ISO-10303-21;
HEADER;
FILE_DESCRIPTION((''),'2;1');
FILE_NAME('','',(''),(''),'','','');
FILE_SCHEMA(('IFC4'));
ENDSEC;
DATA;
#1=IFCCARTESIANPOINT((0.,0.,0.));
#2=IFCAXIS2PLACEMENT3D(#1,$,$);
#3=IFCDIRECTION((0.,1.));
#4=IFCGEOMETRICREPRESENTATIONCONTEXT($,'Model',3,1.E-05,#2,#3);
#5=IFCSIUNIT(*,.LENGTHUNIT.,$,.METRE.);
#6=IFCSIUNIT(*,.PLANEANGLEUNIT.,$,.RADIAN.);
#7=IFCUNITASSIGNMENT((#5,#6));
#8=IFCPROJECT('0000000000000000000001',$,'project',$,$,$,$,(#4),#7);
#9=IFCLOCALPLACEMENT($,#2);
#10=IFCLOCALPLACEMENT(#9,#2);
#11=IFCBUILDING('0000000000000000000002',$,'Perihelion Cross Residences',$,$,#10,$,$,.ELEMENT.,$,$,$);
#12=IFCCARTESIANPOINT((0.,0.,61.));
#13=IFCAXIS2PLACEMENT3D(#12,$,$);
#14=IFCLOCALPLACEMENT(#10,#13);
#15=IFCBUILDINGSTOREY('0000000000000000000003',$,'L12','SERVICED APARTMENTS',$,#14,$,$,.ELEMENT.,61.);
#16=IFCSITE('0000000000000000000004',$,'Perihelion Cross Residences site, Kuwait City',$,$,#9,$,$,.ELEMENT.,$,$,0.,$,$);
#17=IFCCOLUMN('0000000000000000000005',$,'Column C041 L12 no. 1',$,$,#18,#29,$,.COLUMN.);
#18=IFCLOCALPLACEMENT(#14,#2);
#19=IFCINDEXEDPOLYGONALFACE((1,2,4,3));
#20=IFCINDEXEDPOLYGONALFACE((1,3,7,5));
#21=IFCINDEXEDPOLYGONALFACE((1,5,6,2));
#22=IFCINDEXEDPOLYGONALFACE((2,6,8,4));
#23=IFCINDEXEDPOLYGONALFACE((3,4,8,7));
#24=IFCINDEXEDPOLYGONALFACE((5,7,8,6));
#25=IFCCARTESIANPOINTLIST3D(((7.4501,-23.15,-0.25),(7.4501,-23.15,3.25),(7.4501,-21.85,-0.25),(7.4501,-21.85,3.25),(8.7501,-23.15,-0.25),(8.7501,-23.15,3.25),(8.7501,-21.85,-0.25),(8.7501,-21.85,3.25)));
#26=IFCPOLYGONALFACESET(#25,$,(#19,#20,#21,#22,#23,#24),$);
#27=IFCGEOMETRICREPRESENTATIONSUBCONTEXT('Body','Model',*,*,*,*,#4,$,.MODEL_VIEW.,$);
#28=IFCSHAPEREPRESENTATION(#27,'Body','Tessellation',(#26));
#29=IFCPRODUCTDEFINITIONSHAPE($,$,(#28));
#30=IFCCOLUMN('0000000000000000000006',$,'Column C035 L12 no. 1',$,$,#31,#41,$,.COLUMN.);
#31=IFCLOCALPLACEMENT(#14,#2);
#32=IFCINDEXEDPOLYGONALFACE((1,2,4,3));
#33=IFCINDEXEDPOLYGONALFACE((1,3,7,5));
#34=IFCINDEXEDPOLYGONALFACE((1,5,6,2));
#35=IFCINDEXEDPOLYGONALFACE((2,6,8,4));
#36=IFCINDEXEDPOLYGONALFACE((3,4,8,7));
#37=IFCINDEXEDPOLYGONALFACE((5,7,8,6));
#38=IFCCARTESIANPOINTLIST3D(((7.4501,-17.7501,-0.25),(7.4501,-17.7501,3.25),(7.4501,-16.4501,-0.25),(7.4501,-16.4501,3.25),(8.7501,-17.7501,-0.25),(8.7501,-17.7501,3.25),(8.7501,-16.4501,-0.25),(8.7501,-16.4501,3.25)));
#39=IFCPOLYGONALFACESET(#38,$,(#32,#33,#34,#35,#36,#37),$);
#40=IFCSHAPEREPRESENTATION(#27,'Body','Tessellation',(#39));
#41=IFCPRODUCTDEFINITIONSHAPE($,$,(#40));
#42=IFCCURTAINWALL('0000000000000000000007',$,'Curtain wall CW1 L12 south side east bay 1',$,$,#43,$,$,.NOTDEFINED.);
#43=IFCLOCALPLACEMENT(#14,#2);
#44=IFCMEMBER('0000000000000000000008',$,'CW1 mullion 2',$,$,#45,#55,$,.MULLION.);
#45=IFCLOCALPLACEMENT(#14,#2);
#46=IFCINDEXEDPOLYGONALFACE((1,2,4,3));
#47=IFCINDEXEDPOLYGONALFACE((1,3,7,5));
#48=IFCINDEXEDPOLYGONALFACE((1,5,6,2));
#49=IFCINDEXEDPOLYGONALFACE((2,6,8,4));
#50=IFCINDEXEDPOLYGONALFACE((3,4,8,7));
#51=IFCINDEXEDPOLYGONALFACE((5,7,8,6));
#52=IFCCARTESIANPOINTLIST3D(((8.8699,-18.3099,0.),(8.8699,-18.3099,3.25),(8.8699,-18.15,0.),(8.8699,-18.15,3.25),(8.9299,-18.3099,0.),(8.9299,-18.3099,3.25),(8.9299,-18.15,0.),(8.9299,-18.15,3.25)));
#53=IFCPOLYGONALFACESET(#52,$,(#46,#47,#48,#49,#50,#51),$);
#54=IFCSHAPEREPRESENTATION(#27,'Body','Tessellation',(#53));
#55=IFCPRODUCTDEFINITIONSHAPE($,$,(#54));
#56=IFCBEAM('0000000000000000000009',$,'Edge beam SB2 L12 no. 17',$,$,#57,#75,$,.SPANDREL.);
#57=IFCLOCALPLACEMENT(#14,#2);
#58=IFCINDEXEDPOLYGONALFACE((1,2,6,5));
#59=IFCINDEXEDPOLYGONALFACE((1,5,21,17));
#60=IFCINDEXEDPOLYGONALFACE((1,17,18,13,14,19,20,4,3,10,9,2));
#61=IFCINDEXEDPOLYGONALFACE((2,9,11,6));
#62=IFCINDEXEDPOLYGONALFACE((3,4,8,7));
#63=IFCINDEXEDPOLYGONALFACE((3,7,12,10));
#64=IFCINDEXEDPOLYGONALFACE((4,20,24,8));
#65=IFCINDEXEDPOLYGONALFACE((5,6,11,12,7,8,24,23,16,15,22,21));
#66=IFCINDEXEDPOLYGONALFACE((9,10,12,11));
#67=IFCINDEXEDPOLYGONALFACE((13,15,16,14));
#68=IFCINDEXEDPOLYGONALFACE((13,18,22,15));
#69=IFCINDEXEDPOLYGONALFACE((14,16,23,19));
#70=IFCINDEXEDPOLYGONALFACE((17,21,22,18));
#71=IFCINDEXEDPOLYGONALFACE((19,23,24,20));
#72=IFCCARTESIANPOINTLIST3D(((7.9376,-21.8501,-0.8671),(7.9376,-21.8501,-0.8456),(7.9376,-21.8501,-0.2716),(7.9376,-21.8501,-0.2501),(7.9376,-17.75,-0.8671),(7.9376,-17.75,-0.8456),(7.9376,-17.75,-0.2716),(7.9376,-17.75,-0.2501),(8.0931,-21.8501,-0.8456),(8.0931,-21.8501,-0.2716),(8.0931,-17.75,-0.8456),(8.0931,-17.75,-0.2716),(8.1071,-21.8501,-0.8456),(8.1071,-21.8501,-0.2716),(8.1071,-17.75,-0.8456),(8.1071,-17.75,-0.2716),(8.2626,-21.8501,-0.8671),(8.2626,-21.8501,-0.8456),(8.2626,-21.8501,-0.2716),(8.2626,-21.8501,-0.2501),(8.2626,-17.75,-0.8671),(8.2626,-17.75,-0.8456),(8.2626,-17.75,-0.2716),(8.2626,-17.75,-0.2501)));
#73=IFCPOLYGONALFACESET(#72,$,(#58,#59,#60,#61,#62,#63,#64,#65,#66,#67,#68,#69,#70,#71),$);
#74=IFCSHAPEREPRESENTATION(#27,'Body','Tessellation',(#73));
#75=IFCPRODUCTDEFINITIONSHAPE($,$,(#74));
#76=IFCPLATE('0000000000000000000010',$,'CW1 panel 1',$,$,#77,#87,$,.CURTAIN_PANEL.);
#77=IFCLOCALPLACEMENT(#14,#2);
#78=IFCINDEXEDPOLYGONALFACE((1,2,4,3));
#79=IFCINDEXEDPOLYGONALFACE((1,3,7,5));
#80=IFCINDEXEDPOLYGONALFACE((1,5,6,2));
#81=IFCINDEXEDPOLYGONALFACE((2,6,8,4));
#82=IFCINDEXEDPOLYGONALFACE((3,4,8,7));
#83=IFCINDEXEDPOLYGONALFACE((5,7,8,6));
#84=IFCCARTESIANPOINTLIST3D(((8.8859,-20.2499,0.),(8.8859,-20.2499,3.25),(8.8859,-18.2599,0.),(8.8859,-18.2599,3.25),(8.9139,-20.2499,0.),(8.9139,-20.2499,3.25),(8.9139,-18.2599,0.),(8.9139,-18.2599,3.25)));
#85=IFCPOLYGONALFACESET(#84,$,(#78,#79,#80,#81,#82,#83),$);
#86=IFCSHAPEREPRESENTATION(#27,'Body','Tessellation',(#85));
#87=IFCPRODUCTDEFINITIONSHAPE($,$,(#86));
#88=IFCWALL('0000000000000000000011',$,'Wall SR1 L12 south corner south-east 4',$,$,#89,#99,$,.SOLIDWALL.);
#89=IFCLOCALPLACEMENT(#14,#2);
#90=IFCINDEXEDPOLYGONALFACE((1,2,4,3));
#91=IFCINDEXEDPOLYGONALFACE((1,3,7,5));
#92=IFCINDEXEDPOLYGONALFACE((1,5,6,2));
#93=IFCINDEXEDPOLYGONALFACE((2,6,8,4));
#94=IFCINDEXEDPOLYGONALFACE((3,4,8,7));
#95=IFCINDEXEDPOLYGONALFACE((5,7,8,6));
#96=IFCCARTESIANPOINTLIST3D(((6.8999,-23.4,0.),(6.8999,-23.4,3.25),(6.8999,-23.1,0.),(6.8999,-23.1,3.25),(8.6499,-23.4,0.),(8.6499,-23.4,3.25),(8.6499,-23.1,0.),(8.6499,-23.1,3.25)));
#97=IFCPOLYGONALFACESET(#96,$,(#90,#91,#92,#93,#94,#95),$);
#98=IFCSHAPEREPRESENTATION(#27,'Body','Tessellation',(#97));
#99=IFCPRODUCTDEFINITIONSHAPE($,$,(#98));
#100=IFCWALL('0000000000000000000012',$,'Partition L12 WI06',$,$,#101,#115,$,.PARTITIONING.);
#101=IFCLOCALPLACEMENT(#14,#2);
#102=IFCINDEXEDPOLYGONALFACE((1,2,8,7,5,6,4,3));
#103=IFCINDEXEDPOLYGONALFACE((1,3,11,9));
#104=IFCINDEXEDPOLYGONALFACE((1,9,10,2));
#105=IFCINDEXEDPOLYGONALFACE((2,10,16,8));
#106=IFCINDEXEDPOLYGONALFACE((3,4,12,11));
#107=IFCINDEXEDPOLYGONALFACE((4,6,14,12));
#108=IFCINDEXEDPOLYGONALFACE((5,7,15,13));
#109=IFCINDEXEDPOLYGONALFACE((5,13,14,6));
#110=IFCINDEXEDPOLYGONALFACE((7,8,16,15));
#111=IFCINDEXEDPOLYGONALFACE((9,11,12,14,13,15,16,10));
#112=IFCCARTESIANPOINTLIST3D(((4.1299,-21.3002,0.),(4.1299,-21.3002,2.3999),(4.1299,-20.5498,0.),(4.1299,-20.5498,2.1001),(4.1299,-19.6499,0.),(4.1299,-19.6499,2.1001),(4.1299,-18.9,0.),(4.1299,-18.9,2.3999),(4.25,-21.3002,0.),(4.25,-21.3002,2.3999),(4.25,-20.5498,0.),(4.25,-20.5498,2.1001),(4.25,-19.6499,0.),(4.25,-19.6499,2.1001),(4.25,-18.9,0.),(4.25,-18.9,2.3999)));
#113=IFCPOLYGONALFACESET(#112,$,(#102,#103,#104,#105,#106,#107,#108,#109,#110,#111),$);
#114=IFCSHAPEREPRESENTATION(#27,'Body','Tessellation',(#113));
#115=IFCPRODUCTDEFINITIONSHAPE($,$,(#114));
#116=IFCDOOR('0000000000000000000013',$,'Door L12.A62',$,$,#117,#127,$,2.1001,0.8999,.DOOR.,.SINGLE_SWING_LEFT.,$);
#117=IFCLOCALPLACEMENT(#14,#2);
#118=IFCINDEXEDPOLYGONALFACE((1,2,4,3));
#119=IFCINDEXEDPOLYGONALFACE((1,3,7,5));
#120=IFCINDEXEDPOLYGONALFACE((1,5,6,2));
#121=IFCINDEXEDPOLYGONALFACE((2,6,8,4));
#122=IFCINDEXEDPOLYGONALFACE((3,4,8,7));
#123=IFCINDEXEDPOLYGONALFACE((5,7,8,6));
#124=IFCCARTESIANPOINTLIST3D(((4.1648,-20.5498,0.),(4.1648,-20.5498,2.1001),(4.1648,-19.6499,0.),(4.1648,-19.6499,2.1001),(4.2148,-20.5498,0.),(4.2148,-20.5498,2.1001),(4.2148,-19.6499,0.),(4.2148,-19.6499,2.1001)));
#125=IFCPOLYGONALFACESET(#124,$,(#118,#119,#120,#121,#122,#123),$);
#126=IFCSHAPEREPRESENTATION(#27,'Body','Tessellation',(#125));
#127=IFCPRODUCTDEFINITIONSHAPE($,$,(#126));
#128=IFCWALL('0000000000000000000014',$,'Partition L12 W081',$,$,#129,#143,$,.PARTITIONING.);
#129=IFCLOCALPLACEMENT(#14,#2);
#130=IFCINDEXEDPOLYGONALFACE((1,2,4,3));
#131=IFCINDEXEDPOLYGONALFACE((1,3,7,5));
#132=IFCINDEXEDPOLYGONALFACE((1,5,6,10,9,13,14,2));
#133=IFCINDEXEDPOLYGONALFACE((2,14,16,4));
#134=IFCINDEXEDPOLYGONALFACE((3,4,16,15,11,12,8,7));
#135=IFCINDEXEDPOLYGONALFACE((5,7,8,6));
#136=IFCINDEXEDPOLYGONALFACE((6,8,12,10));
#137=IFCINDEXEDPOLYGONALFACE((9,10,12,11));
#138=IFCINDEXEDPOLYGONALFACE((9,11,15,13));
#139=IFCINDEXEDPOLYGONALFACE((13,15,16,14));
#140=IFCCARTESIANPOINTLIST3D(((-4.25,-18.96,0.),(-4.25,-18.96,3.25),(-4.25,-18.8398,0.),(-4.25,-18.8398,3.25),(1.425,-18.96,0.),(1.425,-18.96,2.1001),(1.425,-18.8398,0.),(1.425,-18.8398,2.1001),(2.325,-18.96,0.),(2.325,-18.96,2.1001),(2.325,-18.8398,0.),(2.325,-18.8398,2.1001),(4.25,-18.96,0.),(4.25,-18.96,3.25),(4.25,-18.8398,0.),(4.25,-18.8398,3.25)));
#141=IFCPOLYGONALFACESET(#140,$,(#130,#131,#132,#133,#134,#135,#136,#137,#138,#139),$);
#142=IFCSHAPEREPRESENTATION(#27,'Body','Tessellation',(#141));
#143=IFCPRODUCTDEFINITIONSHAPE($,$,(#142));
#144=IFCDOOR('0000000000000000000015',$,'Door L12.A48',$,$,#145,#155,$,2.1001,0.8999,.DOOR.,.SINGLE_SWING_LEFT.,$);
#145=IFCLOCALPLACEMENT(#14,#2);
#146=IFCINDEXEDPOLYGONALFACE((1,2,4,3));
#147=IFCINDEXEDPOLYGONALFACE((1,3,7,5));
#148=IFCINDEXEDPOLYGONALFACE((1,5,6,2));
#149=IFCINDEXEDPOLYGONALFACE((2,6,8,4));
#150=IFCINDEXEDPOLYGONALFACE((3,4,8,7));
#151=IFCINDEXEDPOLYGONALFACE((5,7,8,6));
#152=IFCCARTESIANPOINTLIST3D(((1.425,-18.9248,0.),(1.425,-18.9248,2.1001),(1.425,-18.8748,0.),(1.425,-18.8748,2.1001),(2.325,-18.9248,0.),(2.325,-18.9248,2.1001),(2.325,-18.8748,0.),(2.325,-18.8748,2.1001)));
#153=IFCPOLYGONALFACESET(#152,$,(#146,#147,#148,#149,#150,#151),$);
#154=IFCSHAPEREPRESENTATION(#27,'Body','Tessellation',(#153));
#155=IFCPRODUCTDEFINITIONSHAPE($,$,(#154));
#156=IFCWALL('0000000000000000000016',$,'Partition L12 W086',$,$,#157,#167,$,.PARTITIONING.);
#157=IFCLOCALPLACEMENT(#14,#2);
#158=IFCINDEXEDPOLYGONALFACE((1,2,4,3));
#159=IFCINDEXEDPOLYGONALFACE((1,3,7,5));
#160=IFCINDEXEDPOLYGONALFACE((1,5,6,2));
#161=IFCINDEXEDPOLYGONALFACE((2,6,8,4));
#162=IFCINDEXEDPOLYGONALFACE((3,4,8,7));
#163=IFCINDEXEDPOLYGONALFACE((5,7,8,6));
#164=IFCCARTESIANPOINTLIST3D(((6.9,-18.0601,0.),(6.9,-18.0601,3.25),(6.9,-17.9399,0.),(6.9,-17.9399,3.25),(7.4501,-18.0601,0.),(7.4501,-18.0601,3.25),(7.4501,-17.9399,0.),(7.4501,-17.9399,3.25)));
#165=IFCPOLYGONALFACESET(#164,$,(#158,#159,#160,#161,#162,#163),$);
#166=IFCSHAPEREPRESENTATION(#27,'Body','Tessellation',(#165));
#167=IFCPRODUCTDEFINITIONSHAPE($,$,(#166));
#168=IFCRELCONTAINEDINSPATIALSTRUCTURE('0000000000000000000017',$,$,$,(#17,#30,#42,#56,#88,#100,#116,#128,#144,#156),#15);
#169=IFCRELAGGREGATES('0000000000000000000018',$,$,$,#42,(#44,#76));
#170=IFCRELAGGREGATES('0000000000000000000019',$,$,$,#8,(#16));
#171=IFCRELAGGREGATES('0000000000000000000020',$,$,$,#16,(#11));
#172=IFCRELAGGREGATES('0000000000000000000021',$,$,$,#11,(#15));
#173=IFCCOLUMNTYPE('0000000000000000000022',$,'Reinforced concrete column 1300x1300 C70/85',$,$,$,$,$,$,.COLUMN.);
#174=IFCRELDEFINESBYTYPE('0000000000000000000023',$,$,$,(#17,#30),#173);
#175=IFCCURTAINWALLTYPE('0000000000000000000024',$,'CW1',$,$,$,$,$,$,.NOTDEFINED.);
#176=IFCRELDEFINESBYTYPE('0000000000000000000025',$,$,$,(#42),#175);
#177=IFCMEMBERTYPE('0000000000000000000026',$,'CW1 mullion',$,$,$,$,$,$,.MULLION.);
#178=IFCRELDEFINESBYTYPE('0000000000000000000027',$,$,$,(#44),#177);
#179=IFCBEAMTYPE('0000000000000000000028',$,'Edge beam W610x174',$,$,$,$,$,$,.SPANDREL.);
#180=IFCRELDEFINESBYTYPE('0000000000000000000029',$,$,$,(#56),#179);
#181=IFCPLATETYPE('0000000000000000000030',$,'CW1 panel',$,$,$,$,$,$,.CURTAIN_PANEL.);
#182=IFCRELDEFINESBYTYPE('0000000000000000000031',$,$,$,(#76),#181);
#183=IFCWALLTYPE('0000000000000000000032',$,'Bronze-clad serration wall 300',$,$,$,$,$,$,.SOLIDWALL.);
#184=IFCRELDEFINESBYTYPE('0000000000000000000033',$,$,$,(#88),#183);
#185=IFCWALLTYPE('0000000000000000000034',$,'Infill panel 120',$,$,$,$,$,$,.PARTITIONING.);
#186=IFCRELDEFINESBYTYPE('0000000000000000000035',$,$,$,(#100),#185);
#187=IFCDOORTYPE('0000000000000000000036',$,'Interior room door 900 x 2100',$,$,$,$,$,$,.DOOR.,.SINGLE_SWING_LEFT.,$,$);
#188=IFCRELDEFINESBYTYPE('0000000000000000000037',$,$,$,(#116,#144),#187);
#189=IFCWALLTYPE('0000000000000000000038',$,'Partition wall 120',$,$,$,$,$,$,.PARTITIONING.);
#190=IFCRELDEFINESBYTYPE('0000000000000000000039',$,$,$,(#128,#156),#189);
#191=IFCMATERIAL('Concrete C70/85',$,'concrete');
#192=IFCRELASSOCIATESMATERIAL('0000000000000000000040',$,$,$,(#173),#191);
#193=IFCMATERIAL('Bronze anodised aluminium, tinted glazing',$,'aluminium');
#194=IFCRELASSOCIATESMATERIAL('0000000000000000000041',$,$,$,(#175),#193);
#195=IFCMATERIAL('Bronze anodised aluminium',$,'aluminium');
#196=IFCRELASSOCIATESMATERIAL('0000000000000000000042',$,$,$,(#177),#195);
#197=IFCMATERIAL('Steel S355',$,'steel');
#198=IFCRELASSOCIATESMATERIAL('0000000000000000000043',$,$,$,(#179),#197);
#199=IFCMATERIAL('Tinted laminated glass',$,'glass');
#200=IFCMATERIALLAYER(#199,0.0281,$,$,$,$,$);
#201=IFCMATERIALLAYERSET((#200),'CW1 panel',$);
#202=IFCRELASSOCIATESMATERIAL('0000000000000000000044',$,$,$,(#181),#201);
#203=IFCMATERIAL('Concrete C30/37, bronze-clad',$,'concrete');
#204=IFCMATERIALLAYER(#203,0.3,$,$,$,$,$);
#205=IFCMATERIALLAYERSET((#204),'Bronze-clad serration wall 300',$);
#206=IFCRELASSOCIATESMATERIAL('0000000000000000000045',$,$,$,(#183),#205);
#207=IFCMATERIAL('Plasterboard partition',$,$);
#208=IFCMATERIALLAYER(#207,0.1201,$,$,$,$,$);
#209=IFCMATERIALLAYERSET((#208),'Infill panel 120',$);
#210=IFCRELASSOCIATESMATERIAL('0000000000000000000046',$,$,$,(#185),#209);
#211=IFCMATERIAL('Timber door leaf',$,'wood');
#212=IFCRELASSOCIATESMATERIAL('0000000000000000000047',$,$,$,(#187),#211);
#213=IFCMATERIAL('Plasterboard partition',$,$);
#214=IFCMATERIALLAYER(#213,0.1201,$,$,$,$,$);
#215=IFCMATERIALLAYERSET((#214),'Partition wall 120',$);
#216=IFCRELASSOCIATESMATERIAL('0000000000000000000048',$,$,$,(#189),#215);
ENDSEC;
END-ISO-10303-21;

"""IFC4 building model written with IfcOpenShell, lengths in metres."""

from ifc_helpers import new_model, si_unit, direction, frame, frame_2d, origin, origin_2d, place, context, subcontext, project, spatial, rectangle, i_section, extrude, material, layer, layer_set, material_profile, profile_set, type_object, element, fill, aggregate, save


model = new_model("IFC4")

# Units and contexts
model_context = context("Model", 3, precision=1e-05, world=origin(), true_north=direction((0.0, 1.0)))
body_context = subcontext(model_context, "Body", "Model", "MODEL_VIEW")
ifc_project = project(units=[si_unit("LENGTHUNIT", "METRE"), si_unit("PLANEANGLEUNIT", "RADIAN")], contexts=[model_context])

# Site, building, storey
site_placement = place(None, origin())
site = spatial("IfcSite", under=ifc_project, at=site_placement, Name="Perihelion Cross Residences site, Kuwait City", CompositionType="ELEMENT", RefElevation=0.0)
building_placement = place(site_placement, origin())
building = spatial("IfcBuilding", under=site, at=building_placement, Name="Perihelion Cross Residences", CompositionType="ELEMENT")
storey_placement = place(building_placement, frame((0.0, 0.0, 61.0)))
storey = spatial("IfcBuildingStorey", under=building, at=storey_placement, Name="L12", Description="SERVICED APARTMENTS", CompositionType="ELEMENT", Elevation=61.0)

# Columns
ifc_material_1 = material(Name="Concrete C70/85", Category="concrete")
ifc_material_profile_1 = material_profile(ifc_material_1, rectangle(XDim=1.3, YDim=1.3, at=origin_2d()), Name="RC 1300x1300")
ifc_profile_set_1 = profile_set([ifc_material_profile_1], Name="Concrete C70/85")
column_type = type_object("IfcColumnType", Name="Reinforced concrete column 1300x1300 C70/85", PredefinedType="COLUMN", material=ifc_profile_set_1)
for number, where, z_axis, x_axis, name in (
    (1, (8.1001, -22.5, -0.25), (0.0, 0.0, 1.0), (1.0, 0.0, 0.0), "Column C041 L12 no. 1"),
    (2, (8.1001, -17.1001, -0.25), (0.0, 0.0, 1.0), (1.0, 0.0, 0.0), "Column C035 L12 no. 1"),
):
    element("IfcColumn", number, at=place(storey_placement, frame(where, z_axis=z_axis, x_axis=x_axis)), inside=storey, type_object=column_type, Name=name, PredefinedType="COLUMN", context=body_context, shape_type="SweptSolid", body=[
        extrude(rectangle(XDim=1.3, YDim=1.3, at=origin_2d()), origin(), (0.0, 0.0, 1.0), 3.5),
    ])

# Curtain wall, member
ifc_material_2 = material(Name="Bronze anodised aluminium, tinted glazing", Category="aluminium")
curtain_wall_type = type_object("IfcCurtainWallType", Name="CW1", PredefinedType="NOTDEFINED", material=ifc_material_2)
curtain_wall_placement = place(storey_placement, origin())
curtain_wall = element("IfcCurtainWall", 3, at=curtain_wall_placement, inside=storey, type_object=curtain_wall_type, Name="Curtain wall CW1 L12 south side east bay 1", PredefinedType="NOTDEFINED")
ifc_material_3 = material(Name="Bronze anodised aluminium", Category="aluminium")
ifc_material_profile_2 = material_profile(ifc_material_3, rectangle(XDim=0.0601, YDim=0.1599, at=origin_2d()), Name="CW1 mullion")
ifc_profile_set_2 = profile_set([ifc_material_profile_2], Name="Bronze anodised aluminium")
member_type = type_object("IfcMemberType", Name="CW1 mullion", PredefinedType="MULLION", material=ifc_profile_set_2)
member_placement = place(storey_placement, frame((8.8999, -18.23, 0.0), z_axis=(0.0, 0.0, 1.0), x_axis=(-1.0, 0.0, 0.0)))
member = element("IfcMember", 4, at=member_placement, type_object=member_type, Name="CW1 mullion 2", PredefinedType="MULLION", context=body_context, shape_type="SweptSolid", body=[
    extrude(rectangle(XDim=0.0601, YDim=0.1599, at=origin_2d()), origin(), (0.0, 0.0, 1.0), 3.25),
])

# Beam
ifc_material_4 = material(Name="Steel S355", Category="steel")
ifc_material_profile_3 = material_profile(ifc_material_4, i_section(OverallWidth=0.325, OverallDepth=0.6169, WebThickness=0.0139, FlangeThickness=0.0215, at=origin_2d()), Name="W610x174")
ifc_profile_set_3 = profile_set([ifc_material_profile_3], Name="Steel S355")
beam_type = type_object("IfcBeamType", Name="Edge beam W610x174", PredefinedType="SPANDREL", material=ifc_profile_set_3)
beam_placement = place(storey_placement, frame((8.1001, -21.8501, -0.5586), z_axis=(0.0, 1.0, 0.0), x_axis=(-1.0, 0.0, 0.0)))
element("IfcBeam", 5, at=beam_placement, inside=storey, type_object=beam_type, Name="Edge beam SB2 L12 no. 17", PredefinedType="SPANDREL", context=body_context, shape_type="SweptSolid", body=[
    extrude(i_section(OverallWidth=0.325, OverallDepth=0.6169, WebThickness=0.0139, FlangeThickness=0.0215, at=origin_2d()), origin(), (0.0, 0.0, 1.0), 4.1001),
])

# Plate
ifc_material_5 = material(Name="Tinted laminated glass", Category="glass")
ifc_layer_1 = layer(ifc_material_5, 0.0281)
ifc_layer_set_1 = layer_set([ifc_layer_1], Name="CW1 panel")
plate_type = type_object("IfcPlateType", Name="CW1 panel", PredefinedType="CURTAIN_PANEL", material=ifc_layer_set_1)
plate_placement = place(storey_placement, frame((8.8999, -19.2549, 0.0), z_axis=(0.0, 0.0, 1.0), x_axis=(0.0, 1.0, 0.0)))
plate = element("IfcPlate", 6, at=plate_placement, type_object=plate_type, Name="CW1 panel 1", PredefinedType="CURTAIN_PANEL", context=body_context, shape_type="SweptSolid", body=[
    extrude(rectangle(XDim=1.99, YDim=0.0281, at=origin_2d()), origin(), (0.0, 0.0, 1.0), 3.25),
])
aggregate(curtain_wall, [member, plate])

# Wall
ifc_material_6 = material(Name="Concrete C30/37, bronze-clad", Category="concrete")
ifc_layer_2 = layer(ifc_material_6, 0.3)
ifc_layer_set_2 = layer_set([ifc_layer_2], Name="Bronze-clad serration wall 300")
wall_type_1 = type_object("IfcWallType", Name="Bronze-clad serration wall 300", PredefinedType="SOLIDWALL", material=ifc_layer_set_2)
wall_1_placement = place(storey_placement, frame((6.8999, -23.25, 0.0), z_axis=(0.0, 0.0, 1.0), x_axis=(1.0, 0.0, 0.0)))
element("IfcWall", 7, at=wall_1_placement, inside=storey, type_object=wall_type_1, Name="Wall SR1 L12 south corner south-east 4", PredefinedType="SOLIDWALL", context=body_context, shape_type="SweptSolid", body=[
    extrude(rectangle(XDim=1.75, YDim=0.3, at=frame_2d((0.875, 0.0))), origin(), (0.0, 0.0, 1.0), 3.25),
])

# Walls, openings, doors
ifc_material_7 = material(Name="Plasterboard partition")
ifc_layer_3 = layer(ifc_material_7, 0.1201)
ifc_layer_set_3 = layer_set([ifc_layer_3], Name="Infill panel 120")
wall_type_2 = type_object("IfcWallType", Name="Infill panel 120", PredefinedType="PARTITIONING", material=ifc_layer_set_3)
wall_2_placement = place(storey_placement, frame((4.1899, -18.8999, 0.0), z_axis=(0.0, 0.0, 1.0), x_axis=(0.0, -1.0, 0.0)))
wall_2 = element("IfcWall", 8, at=wall_2_placement, inside=storey, type_object=wall_type_2, Name="Partition L12 WI06", PredefinedType="PARTITIONING", context=body_context, shape_type="SweptSolid", body=[
    extrude(rectangle(XDim=2.4001, YDim=0.1201, at=frame_2d((1.2002, 0.0))), origin(), (0.0, 0.0, 1.0), 2.3999),
])
opening_1_placement = place(wall_2_placement, frame((0.75, 0.0, 0.0)))
opening_1 = element("IfcOpeningElement", 9, at=opening_1_placement, cuts=wall_2, PredefinedType="OPENING", context=body_context, shape_type="SweptSolid", body=[
    extrude(rectangle(XDim=0.8999, YDim=2.1001, at=frame_2d((0.45, 1.05))), frame((0.0, 0.0701, 0.0), z_axis=(0.0, -1.0, 0.0), x_axis=(1.0, 0.0, 0.0)), (0.0, 0.0, 1.0), 0.1401),
])
ifc_material_8 = material(Name="Timber door leaf", Category="wood")
door_type_1 = type_object("IfcDoorType", Name="Interior room door 900 x 2100", OperationType="SINGLE_SWING_LEFT", PredefinedType="DOOR", material=ifc_material_8)
door_1_placement = place(opening_1_placement, origin())
door_1 = element("IfcDoor", 10, at=door_1_placement, inside=storey, type_object=door_type_1, Name="Door L12.A62", OperationType="SINGLE_SWING_LEFT", OverallHeight=2.1001, OverallWidth=0.8999, PredefinedType="DOOR", context=body_context, shape_type="SweptSolid", body=[
    extrude(rectangle(XDim=0.8999, YDim=2.1001, at=frame_2d((0.45, 1.05))), frame((0.0, 0.0249, 0.0), z_axis=(0.0, -1.0, 0.0), x_axis=(1.0, 0.0, 0.0)), (0.0, 0.0, 1.0), 0.05),
])
fill(opening_1, door_1)
ifc_material_9 = material(Name="Plasterboard partition")
ifc_layer_4 = layer(ifc_material_9, 0.1201)
ifc_layer_set_4 = layer_set([ifc_layer_4], Name="Partition wall 120")
wall_type_3 = type_object("IfcWallType", Name="Partition wall 120", PredefinedType="PARTITIONING", material=ifc_layer_set_4)
wall_3_placement = place(storey_placement, frame((4.25, -18.8999, 0.0), z_axis=(0.0, 0.0, 1.0), x_axis=(-1.0, 0.0, 0.0)))
wall_3 = element("IfcWall", 11, at=wall_3_placement, inside=storey, type_object=wall_type_3, Name="Partition L12 W081", PredefinedType="PARTITIONING", context=body_context, shape_type="SweptSolid", body=[
    extrude(rectangle(XDim=8.5, YDim=0.1201, at=frame_2d((4.25, 0.0))), origin(), (0.0, 0.0, 1.0), 3.25),
])
opening_2_placement = place(wall_3_placement, frame((1.925, 0.0, 0.0)))
opening_2 = element("IfcOpeningElement", 12, at=opening_2_placement, cuts=wall_3, PredefinedType="OPENING", context=body_context, shape_type="SweptSolid", body=[
    extrude(rectangle(XDim=0.8999, YDim=2.1001, at=frame_2d((0.45, 1.05))), frame((0.0, 0.0701, 0.0), z_axis=(0.0, -1.0, 0.0), x_axis=(1.0, 0.0, 0.0)), (0.0, 0.0, 1.0), 0.1401),
])
door_2_placement = place(opening_2_placement, origin())
door_2 = element("IfcDoor", 13, at=door_2_placement, inside=storey, type_object=door_type_1, Name="Door L12.A48", OperationType="SINGLE_SWING_LEFT", OverallHeight=2.1001, OverallWidth=0.8999, PredefinedType="DOOR", context=body_context, shape_type="SweptSolid", body=[
    extrude(rectangle(XDim=0.8999, YDim=2.1001, at=frame_2d((0.45, 1.05))), frame((0.0, 0.0249, 0.0), z_axis=(0.0, -1.0, 0.0), x_axis=(1.0, 0.0, 0.0)), (0.0, 0.0, 1.0), 0.05),
])
fill(opening_2, door_2)

# Wall
wall_4_placement = place(storey_placement, frame((7.45, -18.0, 0.0), z_axis=(0.0, 0.0, 1.0), x_axis=(-1.0, 0.0, 0.0)))
element("IfcWall", 14, at=wall_4_placement, inside=storey, type_object=wall_type_3, Name="Partition L12 W086", PredefinedType="PARTITIONING", context=body_context, shape_type="SweptSolid", body=[
    extrude(rectangle(XDim=0.55, YDim=0.1201, at=frame_2d((0.2749, 0.0))), origin(), (0.0, 0.0, 1.0), 3.25),
])

save(model, "model.ifc")
